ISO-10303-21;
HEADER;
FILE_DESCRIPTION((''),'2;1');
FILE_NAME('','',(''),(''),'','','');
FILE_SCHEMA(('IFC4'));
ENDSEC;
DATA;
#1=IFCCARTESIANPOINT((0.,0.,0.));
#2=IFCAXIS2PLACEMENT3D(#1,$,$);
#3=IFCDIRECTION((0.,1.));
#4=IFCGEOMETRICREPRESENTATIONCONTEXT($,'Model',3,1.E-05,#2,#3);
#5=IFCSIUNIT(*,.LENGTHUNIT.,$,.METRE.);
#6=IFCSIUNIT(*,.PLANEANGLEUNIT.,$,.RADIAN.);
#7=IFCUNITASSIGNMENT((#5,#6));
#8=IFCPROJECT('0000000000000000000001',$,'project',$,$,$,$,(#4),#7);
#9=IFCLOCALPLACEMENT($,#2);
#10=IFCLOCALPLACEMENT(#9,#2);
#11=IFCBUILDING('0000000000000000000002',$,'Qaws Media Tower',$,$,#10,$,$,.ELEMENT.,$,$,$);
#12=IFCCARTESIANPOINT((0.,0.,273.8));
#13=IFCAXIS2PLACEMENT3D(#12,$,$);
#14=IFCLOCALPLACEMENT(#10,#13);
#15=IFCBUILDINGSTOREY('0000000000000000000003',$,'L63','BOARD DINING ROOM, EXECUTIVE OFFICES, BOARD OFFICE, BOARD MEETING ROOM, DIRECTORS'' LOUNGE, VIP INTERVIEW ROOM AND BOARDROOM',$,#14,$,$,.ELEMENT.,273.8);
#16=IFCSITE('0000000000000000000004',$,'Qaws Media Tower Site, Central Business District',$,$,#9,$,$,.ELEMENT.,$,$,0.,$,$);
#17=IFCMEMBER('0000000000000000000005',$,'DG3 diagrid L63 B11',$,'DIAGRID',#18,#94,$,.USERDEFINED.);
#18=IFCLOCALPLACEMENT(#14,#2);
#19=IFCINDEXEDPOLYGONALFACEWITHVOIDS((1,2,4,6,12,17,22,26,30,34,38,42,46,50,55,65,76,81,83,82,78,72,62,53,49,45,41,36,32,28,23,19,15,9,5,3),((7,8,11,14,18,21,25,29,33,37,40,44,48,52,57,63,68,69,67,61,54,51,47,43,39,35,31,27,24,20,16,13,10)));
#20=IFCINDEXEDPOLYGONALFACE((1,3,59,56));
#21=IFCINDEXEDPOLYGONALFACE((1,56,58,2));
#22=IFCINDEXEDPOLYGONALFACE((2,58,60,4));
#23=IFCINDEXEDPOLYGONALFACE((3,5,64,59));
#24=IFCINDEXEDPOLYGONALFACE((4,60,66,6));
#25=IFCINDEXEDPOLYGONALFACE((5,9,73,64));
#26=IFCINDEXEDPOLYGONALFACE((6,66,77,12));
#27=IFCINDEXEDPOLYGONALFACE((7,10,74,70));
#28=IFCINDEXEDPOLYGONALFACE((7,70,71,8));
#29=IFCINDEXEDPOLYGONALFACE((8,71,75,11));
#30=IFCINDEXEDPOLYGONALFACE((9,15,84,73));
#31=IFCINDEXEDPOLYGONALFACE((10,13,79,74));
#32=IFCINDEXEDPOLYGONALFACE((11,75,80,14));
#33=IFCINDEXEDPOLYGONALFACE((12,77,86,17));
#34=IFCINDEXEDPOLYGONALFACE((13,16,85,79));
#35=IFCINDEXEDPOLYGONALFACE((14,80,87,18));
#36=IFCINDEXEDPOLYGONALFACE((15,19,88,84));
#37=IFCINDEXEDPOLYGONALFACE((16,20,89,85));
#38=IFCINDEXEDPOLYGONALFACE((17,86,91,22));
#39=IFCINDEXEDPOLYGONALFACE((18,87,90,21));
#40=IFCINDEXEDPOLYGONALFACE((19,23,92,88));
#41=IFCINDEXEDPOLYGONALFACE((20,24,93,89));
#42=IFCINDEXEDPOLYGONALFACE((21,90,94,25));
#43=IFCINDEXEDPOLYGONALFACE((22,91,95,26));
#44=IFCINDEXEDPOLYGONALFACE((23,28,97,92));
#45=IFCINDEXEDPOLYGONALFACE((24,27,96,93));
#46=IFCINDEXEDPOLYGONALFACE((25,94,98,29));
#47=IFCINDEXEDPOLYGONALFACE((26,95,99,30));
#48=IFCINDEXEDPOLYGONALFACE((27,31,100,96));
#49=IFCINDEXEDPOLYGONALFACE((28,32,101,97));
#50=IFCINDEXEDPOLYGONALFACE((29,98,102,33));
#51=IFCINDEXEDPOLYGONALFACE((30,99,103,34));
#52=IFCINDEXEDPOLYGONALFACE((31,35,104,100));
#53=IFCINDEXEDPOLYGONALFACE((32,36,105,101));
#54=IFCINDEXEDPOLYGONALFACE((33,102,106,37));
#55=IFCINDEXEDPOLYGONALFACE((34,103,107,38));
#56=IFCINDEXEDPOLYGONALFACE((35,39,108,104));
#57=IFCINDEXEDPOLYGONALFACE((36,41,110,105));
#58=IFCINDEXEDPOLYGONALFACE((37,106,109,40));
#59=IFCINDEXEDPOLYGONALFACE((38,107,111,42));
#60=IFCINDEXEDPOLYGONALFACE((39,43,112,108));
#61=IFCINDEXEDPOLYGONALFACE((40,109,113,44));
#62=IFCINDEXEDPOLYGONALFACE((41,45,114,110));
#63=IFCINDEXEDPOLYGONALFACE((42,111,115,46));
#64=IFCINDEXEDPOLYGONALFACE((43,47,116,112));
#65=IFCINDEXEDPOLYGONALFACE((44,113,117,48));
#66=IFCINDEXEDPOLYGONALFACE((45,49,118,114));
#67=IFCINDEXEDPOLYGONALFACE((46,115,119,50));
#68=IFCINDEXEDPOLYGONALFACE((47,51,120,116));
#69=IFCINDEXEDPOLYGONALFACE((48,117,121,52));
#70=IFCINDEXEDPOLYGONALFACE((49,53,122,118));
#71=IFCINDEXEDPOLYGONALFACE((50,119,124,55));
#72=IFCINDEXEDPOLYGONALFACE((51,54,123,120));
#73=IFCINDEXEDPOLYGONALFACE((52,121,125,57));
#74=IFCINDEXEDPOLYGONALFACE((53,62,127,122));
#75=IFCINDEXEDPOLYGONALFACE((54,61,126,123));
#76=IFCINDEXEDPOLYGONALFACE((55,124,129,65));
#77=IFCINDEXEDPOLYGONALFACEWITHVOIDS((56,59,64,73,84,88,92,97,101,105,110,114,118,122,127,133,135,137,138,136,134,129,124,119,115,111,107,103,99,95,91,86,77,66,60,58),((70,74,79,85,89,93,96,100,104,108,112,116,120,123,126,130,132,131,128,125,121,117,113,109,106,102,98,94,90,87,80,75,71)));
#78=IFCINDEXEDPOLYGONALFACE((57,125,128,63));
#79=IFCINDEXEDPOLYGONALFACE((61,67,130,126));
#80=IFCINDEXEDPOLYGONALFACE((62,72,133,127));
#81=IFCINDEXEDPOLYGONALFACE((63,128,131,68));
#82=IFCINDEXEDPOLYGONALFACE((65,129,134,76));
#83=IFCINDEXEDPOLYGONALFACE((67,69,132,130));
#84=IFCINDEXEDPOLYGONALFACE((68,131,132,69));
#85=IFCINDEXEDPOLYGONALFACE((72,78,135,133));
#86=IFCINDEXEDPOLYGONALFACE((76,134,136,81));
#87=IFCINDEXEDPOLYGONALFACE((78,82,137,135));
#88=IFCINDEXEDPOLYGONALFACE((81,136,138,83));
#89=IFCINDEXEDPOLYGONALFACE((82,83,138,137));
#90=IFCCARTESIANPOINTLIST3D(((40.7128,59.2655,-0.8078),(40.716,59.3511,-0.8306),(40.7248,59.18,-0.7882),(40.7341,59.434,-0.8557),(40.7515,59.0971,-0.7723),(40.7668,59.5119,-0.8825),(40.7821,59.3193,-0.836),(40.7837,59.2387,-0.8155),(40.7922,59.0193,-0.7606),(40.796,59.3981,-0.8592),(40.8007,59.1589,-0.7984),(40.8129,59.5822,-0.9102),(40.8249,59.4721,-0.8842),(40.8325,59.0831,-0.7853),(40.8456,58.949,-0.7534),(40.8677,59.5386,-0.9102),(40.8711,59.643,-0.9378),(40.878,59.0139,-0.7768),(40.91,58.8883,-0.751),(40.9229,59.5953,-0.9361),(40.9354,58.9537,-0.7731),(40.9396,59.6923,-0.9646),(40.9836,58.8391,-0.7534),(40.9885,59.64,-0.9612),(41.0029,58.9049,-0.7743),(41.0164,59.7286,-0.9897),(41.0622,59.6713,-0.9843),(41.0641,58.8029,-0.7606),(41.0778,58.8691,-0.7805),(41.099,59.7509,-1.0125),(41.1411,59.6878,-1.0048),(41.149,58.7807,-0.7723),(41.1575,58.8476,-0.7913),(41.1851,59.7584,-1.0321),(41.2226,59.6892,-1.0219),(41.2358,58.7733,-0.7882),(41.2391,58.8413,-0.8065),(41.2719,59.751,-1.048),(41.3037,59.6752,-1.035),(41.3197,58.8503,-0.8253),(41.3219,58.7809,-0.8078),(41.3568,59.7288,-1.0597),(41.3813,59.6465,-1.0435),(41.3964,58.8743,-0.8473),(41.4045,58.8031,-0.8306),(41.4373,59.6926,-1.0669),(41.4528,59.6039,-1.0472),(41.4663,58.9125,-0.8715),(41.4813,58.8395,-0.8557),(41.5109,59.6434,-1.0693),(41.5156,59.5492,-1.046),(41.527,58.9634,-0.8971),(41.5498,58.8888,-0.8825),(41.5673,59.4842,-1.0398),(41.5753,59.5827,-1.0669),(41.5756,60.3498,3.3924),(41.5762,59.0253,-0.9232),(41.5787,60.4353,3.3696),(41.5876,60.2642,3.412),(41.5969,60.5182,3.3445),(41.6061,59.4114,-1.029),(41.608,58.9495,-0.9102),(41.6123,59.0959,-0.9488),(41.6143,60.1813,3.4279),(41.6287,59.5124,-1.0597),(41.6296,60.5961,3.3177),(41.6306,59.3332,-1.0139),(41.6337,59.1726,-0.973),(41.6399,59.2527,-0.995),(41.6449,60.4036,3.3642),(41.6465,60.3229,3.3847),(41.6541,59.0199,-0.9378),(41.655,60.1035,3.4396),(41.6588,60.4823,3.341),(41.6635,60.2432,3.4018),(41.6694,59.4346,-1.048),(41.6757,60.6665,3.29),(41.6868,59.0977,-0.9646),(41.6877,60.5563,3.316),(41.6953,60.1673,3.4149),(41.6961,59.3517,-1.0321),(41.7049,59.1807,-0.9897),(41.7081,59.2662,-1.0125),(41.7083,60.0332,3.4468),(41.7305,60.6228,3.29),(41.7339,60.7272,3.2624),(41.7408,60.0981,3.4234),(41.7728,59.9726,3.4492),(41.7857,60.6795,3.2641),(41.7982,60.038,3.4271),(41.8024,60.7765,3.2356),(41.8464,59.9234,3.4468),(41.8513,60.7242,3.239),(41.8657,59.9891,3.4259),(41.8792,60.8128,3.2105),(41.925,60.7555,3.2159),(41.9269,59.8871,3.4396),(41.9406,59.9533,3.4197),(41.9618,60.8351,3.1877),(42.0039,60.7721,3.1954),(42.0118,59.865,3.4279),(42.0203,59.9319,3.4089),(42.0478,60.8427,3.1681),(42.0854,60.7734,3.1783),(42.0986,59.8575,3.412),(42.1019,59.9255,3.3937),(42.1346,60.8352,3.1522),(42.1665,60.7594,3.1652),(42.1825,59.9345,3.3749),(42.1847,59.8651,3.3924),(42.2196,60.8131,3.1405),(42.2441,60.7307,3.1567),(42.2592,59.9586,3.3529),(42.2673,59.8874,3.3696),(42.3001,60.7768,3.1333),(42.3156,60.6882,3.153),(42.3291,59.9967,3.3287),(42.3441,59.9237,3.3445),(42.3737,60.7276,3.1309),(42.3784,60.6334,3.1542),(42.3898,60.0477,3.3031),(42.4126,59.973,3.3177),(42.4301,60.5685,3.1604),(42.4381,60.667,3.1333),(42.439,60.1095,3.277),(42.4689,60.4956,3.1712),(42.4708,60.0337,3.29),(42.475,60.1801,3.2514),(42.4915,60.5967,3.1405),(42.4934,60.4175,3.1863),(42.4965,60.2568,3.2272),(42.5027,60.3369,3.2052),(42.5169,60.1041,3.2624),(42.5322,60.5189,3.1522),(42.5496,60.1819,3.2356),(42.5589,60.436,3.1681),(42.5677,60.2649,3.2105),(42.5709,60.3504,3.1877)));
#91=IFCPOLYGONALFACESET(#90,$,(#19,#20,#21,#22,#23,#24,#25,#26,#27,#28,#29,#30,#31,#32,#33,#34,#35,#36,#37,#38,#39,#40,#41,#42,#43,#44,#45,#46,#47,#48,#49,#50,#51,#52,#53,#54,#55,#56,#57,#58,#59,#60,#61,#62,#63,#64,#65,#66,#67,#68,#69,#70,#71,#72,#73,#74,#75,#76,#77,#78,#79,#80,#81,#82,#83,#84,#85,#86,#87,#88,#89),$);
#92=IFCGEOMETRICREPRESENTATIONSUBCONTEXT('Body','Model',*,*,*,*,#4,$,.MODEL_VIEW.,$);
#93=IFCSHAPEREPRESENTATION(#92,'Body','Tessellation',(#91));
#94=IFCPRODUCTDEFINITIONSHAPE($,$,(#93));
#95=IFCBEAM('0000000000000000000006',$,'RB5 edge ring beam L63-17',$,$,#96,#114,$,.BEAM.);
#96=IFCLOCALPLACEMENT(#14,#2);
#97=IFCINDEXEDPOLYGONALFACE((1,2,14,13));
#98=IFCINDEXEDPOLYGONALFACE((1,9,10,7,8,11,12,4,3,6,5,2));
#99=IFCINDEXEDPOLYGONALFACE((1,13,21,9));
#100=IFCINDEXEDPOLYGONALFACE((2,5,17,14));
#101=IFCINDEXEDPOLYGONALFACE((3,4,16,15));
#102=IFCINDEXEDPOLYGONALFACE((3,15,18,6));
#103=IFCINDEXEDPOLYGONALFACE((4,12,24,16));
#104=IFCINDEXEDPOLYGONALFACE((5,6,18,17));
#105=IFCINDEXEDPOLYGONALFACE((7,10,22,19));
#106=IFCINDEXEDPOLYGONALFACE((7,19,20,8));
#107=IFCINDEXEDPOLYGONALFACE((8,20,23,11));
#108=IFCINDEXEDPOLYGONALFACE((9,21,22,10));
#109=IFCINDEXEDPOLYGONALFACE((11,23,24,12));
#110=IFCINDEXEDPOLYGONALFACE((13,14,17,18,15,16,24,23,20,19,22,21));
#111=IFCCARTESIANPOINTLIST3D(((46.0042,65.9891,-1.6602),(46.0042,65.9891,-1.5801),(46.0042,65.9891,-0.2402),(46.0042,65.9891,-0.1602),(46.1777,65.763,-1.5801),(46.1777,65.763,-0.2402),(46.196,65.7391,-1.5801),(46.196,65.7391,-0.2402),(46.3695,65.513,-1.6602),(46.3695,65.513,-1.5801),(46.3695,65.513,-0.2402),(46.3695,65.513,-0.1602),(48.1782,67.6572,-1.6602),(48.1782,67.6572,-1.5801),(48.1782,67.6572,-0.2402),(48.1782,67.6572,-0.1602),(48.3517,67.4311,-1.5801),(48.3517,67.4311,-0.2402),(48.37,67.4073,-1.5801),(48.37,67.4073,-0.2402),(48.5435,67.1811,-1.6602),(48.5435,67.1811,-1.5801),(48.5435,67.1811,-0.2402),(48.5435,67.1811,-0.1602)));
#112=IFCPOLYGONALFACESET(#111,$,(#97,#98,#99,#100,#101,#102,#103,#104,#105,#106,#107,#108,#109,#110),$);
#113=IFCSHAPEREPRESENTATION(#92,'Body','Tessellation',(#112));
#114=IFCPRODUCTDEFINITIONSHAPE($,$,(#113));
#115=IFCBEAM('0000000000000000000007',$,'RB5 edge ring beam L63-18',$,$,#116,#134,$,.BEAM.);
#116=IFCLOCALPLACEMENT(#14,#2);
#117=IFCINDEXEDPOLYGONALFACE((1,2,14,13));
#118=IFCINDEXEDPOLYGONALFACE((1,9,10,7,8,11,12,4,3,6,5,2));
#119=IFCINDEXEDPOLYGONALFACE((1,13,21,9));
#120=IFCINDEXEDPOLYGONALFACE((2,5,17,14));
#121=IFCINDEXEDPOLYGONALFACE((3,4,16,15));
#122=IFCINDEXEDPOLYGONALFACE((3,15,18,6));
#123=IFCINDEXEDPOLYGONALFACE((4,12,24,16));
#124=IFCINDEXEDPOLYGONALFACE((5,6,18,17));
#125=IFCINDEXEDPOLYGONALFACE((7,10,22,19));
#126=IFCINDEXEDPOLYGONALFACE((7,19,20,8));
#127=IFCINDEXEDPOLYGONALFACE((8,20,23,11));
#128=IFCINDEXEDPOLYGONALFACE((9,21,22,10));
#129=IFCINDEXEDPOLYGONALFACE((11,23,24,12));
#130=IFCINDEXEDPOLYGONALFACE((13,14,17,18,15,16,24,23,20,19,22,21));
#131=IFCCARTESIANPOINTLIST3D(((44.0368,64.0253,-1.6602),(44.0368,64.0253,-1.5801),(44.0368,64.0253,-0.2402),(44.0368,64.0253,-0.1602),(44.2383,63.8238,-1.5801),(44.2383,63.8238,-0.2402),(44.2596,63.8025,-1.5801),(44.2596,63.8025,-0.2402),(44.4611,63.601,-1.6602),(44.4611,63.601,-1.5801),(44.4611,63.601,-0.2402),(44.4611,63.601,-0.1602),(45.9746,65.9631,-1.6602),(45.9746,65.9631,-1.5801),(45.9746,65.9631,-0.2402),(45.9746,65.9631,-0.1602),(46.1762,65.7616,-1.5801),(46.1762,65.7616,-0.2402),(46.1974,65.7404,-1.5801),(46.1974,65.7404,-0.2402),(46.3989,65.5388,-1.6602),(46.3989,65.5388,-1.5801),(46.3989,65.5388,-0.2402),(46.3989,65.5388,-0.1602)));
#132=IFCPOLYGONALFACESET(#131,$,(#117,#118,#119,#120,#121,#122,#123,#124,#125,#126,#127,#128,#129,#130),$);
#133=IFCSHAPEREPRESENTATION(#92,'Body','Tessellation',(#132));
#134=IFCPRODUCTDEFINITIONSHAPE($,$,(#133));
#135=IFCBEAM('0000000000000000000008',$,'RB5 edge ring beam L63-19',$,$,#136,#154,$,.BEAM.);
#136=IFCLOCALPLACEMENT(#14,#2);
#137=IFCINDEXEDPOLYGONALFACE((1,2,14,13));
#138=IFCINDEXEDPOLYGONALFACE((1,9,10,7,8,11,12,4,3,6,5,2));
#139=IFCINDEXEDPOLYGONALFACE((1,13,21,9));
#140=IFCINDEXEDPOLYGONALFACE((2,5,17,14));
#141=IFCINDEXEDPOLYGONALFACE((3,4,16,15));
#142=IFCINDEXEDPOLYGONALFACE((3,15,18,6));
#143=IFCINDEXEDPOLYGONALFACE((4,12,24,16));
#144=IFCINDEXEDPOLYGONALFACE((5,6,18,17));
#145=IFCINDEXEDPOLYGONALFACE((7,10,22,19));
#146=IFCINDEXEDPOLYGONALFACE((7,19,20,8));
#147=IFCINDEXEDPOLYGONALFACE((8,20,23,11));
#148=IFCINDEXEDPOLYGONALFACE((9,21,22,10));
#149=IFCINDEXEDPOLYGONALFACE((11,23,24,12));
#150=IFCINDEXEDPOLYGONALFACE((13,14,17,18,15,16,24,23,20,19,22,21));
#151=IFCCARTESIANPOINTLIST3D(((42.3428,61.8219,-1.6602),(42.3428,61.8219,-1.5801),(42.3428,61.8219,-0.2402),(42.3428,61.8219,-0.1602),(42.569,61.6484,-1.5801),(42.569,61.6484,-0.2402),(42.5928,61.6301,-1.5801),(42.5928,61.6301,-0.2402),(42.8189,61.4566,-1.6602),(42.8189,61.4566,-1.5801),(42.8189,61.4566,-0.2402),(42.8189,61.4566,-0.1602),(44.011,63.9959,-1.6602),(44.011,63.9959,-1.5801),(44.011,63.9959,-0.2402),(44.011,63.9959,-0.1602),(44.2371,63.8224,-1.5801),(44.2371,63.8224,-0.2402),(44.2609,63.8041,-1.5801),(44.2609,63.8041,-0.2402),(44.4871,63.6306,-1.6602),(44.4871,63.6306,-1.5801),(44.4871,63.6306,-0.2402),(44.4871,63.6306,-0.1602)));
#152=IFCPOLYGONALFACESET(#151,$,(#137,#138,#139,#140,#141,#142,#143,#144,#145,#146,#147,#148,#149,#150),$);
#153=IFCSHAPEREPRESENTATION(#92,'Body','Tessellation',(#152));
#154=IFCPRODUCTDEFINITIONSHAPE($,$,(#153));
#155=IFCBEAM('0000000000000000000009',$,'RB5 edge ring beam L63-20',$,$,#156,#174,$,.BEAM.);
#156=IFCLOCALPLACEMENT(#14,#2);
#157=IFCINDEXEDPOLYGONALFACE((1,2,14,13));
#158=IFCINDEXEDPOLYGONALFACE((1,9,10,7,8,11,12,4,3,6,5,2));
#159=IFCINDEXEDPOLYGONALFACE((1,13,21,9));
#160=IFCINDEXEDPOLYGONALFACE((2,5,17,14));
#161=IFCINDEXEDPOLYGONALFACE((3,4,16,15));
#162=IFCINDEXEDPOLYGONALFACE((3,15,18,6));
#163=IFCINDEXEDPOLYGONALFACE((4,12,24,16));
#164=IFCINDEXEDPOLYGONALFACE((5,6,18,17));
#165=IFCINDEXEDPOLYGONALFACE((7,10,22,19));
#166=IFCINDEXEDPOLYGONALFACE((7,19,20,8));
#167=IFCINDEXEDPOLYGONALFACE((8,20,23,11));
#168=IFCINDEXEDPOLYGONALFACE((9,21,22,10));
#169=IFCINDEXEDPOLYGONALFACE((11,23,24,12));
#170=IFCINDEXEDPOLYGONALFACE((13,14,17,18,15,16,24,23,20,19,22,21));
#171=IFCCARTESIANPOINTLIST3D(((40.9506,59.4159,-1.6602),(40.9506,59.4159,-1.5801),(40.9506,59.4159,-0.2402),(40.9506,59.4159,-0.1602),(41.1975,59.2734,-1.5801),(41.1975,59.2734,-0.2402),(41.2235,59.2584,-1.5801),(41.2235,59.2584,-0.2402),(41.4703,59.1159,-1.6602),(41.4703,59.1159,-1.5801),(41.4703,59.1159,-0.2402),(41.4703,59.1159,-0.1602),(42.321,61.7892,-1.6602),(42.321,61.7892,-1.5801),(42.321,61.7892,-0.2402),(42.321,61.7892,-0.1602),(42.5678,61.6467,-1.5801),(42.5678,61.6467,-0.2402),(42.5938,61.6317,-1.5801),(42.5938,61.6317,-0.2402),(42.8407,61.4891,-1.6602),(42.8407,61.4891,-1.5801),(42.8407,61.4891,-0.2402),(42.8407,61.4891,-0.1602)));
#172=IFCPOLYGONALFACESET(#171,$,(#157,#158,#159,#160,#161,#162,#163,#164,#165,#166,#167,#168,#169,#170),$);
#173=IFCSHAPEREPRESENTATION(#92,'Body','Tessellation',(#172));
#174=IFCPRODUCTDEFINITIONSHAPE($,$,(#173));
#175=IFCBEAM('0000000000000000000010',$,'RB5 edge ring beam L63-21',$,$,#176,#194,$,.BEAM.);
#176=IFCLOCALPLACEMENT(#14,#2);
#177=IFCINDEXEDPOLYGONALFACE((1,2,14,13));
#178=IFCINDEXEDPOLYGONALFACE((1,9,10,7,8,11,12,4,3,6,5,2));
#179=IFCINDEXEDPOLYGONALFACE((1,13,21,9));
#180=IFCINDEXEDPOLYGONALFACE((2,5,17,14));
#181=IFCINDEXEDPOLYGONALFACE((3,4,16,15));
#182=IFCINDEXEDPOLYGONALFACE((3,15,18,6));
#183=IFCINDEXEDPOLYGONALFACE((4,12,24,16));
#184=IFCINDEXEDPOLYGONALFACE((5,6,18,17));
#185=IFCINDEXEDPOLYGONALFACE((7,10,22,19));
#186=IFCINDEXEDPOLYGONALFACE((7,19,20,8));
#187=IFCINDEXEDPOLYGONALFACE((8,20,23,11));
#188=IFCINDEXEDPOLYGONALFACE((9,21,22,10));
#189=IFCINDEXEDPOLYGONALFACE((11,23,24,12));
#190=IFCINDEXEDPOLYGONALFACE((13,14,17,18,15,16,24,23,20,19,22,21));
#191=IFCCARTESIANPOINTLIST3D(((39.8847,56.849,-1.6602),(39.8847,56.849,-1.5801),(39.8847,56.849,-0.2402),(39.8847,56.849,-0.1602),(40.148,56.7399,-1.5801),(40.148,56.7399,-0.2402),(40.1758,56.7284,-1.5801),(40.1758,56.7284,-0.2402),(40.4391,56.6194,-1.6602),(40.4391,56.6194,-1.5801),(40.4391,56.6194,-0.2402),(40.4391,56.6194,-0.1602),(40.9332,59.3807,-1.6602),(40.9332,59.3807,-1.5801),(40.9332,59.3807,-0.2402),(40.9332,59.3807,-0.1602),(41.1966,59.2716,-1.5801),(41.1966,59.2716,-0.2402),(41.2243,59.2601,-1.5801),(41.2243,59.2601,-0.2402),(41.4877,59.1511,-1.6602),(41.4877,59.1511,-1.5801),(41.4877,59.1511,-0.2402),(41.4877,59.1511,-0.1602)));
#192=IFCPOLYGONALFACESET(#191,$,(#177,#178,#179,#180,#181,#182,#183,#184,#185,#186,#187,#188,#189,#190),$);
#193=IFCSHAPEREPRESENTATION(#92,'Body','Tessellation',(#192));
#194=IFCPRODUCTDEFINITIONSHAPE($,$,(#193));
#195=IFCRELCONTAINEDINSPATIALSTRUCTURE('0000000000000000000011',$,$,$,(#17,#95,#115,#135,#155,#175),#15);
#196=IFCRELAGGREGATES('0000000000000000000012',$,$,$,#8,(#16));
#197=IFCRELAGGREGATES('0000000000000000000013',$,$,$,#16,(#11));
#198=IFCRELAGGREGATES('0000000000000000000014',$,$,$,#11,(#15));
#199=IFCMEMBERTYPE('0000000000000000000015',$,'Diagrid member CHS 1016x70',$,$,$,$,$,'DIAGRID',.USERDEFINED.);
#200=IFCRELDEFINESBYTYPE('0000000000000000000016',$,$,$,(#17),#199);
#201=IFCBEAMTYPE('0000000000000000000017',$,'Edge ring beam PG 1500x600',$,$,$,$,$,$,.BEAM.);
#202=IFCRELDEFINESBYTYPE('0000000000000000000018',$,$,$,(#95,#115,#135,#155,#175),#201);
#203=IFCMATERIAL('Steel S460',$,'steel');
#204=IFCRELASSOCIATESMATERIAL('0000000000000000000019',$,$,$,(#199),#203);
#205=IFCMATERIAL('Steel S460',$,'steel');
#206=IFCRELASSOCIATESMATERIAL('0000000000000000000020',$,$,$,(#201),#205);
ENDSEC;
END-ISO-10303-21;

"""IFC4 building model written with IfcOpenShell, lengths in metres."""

from ifc_helpers import new_model, si_unit, direction, frame, origin, origin_2d, place, context, subcontext, project, spatial, hollow_circle, i_section, extrude, material, material_profile, profile_set, type_object, element, save


model = new_model("IFC4")

# Units and contexts
model_context = context("Model", 3, precision=1e-05, world=origin(), true_north=direction((0.0, 1.0)))
body_context = subcontext(model_context, "Body", "Model", "MODEL_VIEW")
ifc_project = project(units=[si_unit("LENGTHUNIT", "METRE"), si_unit("PLANEANGLEUNIT", "RADIAN")], contexts=[model_context])

# Site, building, storey
site_placement = place(None, origin())
site = spatial("IfcSite", under=ifc_project, at=site_placement, Name="Qaws Media Tower Site, Central Business District", CompositionType="ELEMENT", RefElevation=0.0)
building_placement = place(site_placement, origin())
building = spatial("IfcBuilding", under=site, at=building_placement, Name="Qaws Media Tower", CompositionType="ELEMENT")
storey_placement = place(building_placement, frame((0.0, 0.0, 273.8)))
storey = spatial("IfcBuildingStorey", under=building, at=storey_placement, Name="L63", Description="BOARD DINING ROOM, EXECUTIVE OFFICES, BOARD OFFICE, BOARD MEETING ROOM, DIRECTORS' LOUNGE, VIP INTERVIEW ROOM AND BOARDROOM", CompositionType="ELEMENT", Elevation=273.8)

# Member
ifc_material_1 = material(Name="Steel S460", Category="steel")
ifc_material_profile_1 = material_profile(ifc_material_1, hollow_circle(Radius=0.5081, WallThickness=0.0701, at=origin_2d()), Name="CHS 1016x70")
ifc_profile_set_1 = profile_set([ifc_material_profile_1], Name="Steel S460")
member_type_1 = type_object("IfcMemberType", Name="Diagrid member CHS 1016x70", ElementType="DIAGRID", PredefinedType="USERDEFINED", material=ifc_profile_set_1)
for number, where, z_axis, x_axis, name in (
    (1, (41.2104, 59.2659, -0.9102), (0.195076, 0.245142, 0.949658), (-0.782482, 0.622673, 0.0), "DG3 diagrid L63 B11"),
):
    element("IfcMember", number, at=place(storey_placement, frame(where, z_axis=z_axis, x_axis=x_axis)), inside=storey, type_object=member_type_1, Name=name, ObjectType="DIAGRID", PredefinedType="USERDEFINED", context=body_context, shape_type="SweptSolid", body=[
        extrude(hollow_circle(Radius=0.5081, WallThickness=0.0701, at=origin_2d()), origin(), (0.0, 0.0, 1.0), 4.4229),
    ])

# Beams
ifc_material_2 = material(Name="Steel S460", Category="steel")
ifc_material_profile_2 = material_profile(ifc_material_2, i_section(OverallWidth=0.6001, OverallDepth=1.5, WebThickness=0.03, FlangeThickness=0.0801, at=origin_2d()), Name="PG 1500x600")
ifc_profile_set_2 = profile_set([ifc_material_profile_2], Name="Steel S460")
beam_type = type_object("IfcBeamType", Name="Edge ring beam PG 1500x600", PredefinedType="BEAM", material=ifc_profile_set_2)
beam_1_placement = place(storey_placement, frame((48.3608, 67.4192, -0.9102), z_axis=(-0.793355, -0.608759, 0.0), x_axis=(0.608759, -0.793355, 0.0)))
element("IfcBeam", 2, at=beam_1_placement, inside=storey, type_object=beam_type, Name="RB5 edge ring beam L63-17", PredefinedType="BEAM", context=body_context, shape_type="SweptSolid", body=[
    extrude(i_section(OverallWidth=0.6001, OverallDepth=1.5, WebThickness=0.03, FlangeThickness=0.0801, at=origin_2d()), origin(), (0.0, 0.0, 1.0), 2.7402),
])
beam_2_placement = place(storey_placement, frame((46.1868, 65.751, -0.9102), z_axis=(-0.707107, -0.707107, 0.0), x_axis=(0.707107, -0.707107, 0.0)))
element("IfcBeam", 3, at=beam_2_placement, inside=storey, type_object=beam_type, Name="RB5 edge ring beam L63-18", PredefinedType="BEAM", context=body_context, shape_type="SweptSolid", body=[
    extrude(i_section(OverallWidth=0.6001, OverallDepth=1.5, WebThickness=0.03, FlangeThickness=0.0801, at=origin_2d()), origin(), (0.0, 0.0, 1.0), 2.7405),
])
beam_3_placement = place(storey_placement, frame((44.249, 63.8132, -0.9102), z_axis=(-0.608759, -0.793355, 0.0), x_axis=(0.793355, -0.608759, 0.0)))
element("IfcBeam", 4, at=beam_3_placement, inside=storey, type_object=beam_type, Name="RB5 edge ring beam L63-19", PredefinedType="BEAM", context=body_context, shape_type="SweptSolid", body=[
    extrude(i_section(OverallWidth=0.6001, OverallDepth=1.5, WebThickness=0.03, FlangeThickness=0.0801, at=origin_2d()), origin(), (0.0, 0.0, 1.0), 2.7402),
])
beam_4_placement = place(storey_placement, frame((42.5808, 61.6392, -0.9102), z_axis=(-0.500039, -0.866003, 0.0), x_axis=(0.866003, -0.500039, 0.0)))
element("IfcBeam", 5, at=beam_4_placement, inside=storey, type_object=beam_type, Name="RB5 edge ring beam L63-20", PredefinedType="BEAM", context=body_context, shape_type="SweptSolid", body=[
    extrude(i_section(OverallWidth=0.6001, OverallDepth=1.5, WebThickness=0.03, FlangeThickness=0.0801, at=origin_2d()), origin(), (0.0, 0.0, 1.0), 2.7405),
])
beam_5_placement = place(storey_placement, frame((41.2104, 59.2659, -0.9102), z_axis=(-0.382653, -0.923892, 0.0), x_axis=(0.923892, -0.382653, 0.0)))
element("IfcBeam", 6, at=beam_5_placement, inside=storey, type_object=beam_type, Name="RB5 edge ring beam L63-21", PredefinedType="BEAM", context=body_context, shape_type="SweptSolid", body=[
    extrude(i_section(OverallWidth=0.6001, OverallDepth=1.5, WebThickness=0.03, FlangeThickness=0.0801, at=origin_2d()), origin(), (0.0, 0.0, 1.0), 2.7402),
])

save(model, "model.ifc")
